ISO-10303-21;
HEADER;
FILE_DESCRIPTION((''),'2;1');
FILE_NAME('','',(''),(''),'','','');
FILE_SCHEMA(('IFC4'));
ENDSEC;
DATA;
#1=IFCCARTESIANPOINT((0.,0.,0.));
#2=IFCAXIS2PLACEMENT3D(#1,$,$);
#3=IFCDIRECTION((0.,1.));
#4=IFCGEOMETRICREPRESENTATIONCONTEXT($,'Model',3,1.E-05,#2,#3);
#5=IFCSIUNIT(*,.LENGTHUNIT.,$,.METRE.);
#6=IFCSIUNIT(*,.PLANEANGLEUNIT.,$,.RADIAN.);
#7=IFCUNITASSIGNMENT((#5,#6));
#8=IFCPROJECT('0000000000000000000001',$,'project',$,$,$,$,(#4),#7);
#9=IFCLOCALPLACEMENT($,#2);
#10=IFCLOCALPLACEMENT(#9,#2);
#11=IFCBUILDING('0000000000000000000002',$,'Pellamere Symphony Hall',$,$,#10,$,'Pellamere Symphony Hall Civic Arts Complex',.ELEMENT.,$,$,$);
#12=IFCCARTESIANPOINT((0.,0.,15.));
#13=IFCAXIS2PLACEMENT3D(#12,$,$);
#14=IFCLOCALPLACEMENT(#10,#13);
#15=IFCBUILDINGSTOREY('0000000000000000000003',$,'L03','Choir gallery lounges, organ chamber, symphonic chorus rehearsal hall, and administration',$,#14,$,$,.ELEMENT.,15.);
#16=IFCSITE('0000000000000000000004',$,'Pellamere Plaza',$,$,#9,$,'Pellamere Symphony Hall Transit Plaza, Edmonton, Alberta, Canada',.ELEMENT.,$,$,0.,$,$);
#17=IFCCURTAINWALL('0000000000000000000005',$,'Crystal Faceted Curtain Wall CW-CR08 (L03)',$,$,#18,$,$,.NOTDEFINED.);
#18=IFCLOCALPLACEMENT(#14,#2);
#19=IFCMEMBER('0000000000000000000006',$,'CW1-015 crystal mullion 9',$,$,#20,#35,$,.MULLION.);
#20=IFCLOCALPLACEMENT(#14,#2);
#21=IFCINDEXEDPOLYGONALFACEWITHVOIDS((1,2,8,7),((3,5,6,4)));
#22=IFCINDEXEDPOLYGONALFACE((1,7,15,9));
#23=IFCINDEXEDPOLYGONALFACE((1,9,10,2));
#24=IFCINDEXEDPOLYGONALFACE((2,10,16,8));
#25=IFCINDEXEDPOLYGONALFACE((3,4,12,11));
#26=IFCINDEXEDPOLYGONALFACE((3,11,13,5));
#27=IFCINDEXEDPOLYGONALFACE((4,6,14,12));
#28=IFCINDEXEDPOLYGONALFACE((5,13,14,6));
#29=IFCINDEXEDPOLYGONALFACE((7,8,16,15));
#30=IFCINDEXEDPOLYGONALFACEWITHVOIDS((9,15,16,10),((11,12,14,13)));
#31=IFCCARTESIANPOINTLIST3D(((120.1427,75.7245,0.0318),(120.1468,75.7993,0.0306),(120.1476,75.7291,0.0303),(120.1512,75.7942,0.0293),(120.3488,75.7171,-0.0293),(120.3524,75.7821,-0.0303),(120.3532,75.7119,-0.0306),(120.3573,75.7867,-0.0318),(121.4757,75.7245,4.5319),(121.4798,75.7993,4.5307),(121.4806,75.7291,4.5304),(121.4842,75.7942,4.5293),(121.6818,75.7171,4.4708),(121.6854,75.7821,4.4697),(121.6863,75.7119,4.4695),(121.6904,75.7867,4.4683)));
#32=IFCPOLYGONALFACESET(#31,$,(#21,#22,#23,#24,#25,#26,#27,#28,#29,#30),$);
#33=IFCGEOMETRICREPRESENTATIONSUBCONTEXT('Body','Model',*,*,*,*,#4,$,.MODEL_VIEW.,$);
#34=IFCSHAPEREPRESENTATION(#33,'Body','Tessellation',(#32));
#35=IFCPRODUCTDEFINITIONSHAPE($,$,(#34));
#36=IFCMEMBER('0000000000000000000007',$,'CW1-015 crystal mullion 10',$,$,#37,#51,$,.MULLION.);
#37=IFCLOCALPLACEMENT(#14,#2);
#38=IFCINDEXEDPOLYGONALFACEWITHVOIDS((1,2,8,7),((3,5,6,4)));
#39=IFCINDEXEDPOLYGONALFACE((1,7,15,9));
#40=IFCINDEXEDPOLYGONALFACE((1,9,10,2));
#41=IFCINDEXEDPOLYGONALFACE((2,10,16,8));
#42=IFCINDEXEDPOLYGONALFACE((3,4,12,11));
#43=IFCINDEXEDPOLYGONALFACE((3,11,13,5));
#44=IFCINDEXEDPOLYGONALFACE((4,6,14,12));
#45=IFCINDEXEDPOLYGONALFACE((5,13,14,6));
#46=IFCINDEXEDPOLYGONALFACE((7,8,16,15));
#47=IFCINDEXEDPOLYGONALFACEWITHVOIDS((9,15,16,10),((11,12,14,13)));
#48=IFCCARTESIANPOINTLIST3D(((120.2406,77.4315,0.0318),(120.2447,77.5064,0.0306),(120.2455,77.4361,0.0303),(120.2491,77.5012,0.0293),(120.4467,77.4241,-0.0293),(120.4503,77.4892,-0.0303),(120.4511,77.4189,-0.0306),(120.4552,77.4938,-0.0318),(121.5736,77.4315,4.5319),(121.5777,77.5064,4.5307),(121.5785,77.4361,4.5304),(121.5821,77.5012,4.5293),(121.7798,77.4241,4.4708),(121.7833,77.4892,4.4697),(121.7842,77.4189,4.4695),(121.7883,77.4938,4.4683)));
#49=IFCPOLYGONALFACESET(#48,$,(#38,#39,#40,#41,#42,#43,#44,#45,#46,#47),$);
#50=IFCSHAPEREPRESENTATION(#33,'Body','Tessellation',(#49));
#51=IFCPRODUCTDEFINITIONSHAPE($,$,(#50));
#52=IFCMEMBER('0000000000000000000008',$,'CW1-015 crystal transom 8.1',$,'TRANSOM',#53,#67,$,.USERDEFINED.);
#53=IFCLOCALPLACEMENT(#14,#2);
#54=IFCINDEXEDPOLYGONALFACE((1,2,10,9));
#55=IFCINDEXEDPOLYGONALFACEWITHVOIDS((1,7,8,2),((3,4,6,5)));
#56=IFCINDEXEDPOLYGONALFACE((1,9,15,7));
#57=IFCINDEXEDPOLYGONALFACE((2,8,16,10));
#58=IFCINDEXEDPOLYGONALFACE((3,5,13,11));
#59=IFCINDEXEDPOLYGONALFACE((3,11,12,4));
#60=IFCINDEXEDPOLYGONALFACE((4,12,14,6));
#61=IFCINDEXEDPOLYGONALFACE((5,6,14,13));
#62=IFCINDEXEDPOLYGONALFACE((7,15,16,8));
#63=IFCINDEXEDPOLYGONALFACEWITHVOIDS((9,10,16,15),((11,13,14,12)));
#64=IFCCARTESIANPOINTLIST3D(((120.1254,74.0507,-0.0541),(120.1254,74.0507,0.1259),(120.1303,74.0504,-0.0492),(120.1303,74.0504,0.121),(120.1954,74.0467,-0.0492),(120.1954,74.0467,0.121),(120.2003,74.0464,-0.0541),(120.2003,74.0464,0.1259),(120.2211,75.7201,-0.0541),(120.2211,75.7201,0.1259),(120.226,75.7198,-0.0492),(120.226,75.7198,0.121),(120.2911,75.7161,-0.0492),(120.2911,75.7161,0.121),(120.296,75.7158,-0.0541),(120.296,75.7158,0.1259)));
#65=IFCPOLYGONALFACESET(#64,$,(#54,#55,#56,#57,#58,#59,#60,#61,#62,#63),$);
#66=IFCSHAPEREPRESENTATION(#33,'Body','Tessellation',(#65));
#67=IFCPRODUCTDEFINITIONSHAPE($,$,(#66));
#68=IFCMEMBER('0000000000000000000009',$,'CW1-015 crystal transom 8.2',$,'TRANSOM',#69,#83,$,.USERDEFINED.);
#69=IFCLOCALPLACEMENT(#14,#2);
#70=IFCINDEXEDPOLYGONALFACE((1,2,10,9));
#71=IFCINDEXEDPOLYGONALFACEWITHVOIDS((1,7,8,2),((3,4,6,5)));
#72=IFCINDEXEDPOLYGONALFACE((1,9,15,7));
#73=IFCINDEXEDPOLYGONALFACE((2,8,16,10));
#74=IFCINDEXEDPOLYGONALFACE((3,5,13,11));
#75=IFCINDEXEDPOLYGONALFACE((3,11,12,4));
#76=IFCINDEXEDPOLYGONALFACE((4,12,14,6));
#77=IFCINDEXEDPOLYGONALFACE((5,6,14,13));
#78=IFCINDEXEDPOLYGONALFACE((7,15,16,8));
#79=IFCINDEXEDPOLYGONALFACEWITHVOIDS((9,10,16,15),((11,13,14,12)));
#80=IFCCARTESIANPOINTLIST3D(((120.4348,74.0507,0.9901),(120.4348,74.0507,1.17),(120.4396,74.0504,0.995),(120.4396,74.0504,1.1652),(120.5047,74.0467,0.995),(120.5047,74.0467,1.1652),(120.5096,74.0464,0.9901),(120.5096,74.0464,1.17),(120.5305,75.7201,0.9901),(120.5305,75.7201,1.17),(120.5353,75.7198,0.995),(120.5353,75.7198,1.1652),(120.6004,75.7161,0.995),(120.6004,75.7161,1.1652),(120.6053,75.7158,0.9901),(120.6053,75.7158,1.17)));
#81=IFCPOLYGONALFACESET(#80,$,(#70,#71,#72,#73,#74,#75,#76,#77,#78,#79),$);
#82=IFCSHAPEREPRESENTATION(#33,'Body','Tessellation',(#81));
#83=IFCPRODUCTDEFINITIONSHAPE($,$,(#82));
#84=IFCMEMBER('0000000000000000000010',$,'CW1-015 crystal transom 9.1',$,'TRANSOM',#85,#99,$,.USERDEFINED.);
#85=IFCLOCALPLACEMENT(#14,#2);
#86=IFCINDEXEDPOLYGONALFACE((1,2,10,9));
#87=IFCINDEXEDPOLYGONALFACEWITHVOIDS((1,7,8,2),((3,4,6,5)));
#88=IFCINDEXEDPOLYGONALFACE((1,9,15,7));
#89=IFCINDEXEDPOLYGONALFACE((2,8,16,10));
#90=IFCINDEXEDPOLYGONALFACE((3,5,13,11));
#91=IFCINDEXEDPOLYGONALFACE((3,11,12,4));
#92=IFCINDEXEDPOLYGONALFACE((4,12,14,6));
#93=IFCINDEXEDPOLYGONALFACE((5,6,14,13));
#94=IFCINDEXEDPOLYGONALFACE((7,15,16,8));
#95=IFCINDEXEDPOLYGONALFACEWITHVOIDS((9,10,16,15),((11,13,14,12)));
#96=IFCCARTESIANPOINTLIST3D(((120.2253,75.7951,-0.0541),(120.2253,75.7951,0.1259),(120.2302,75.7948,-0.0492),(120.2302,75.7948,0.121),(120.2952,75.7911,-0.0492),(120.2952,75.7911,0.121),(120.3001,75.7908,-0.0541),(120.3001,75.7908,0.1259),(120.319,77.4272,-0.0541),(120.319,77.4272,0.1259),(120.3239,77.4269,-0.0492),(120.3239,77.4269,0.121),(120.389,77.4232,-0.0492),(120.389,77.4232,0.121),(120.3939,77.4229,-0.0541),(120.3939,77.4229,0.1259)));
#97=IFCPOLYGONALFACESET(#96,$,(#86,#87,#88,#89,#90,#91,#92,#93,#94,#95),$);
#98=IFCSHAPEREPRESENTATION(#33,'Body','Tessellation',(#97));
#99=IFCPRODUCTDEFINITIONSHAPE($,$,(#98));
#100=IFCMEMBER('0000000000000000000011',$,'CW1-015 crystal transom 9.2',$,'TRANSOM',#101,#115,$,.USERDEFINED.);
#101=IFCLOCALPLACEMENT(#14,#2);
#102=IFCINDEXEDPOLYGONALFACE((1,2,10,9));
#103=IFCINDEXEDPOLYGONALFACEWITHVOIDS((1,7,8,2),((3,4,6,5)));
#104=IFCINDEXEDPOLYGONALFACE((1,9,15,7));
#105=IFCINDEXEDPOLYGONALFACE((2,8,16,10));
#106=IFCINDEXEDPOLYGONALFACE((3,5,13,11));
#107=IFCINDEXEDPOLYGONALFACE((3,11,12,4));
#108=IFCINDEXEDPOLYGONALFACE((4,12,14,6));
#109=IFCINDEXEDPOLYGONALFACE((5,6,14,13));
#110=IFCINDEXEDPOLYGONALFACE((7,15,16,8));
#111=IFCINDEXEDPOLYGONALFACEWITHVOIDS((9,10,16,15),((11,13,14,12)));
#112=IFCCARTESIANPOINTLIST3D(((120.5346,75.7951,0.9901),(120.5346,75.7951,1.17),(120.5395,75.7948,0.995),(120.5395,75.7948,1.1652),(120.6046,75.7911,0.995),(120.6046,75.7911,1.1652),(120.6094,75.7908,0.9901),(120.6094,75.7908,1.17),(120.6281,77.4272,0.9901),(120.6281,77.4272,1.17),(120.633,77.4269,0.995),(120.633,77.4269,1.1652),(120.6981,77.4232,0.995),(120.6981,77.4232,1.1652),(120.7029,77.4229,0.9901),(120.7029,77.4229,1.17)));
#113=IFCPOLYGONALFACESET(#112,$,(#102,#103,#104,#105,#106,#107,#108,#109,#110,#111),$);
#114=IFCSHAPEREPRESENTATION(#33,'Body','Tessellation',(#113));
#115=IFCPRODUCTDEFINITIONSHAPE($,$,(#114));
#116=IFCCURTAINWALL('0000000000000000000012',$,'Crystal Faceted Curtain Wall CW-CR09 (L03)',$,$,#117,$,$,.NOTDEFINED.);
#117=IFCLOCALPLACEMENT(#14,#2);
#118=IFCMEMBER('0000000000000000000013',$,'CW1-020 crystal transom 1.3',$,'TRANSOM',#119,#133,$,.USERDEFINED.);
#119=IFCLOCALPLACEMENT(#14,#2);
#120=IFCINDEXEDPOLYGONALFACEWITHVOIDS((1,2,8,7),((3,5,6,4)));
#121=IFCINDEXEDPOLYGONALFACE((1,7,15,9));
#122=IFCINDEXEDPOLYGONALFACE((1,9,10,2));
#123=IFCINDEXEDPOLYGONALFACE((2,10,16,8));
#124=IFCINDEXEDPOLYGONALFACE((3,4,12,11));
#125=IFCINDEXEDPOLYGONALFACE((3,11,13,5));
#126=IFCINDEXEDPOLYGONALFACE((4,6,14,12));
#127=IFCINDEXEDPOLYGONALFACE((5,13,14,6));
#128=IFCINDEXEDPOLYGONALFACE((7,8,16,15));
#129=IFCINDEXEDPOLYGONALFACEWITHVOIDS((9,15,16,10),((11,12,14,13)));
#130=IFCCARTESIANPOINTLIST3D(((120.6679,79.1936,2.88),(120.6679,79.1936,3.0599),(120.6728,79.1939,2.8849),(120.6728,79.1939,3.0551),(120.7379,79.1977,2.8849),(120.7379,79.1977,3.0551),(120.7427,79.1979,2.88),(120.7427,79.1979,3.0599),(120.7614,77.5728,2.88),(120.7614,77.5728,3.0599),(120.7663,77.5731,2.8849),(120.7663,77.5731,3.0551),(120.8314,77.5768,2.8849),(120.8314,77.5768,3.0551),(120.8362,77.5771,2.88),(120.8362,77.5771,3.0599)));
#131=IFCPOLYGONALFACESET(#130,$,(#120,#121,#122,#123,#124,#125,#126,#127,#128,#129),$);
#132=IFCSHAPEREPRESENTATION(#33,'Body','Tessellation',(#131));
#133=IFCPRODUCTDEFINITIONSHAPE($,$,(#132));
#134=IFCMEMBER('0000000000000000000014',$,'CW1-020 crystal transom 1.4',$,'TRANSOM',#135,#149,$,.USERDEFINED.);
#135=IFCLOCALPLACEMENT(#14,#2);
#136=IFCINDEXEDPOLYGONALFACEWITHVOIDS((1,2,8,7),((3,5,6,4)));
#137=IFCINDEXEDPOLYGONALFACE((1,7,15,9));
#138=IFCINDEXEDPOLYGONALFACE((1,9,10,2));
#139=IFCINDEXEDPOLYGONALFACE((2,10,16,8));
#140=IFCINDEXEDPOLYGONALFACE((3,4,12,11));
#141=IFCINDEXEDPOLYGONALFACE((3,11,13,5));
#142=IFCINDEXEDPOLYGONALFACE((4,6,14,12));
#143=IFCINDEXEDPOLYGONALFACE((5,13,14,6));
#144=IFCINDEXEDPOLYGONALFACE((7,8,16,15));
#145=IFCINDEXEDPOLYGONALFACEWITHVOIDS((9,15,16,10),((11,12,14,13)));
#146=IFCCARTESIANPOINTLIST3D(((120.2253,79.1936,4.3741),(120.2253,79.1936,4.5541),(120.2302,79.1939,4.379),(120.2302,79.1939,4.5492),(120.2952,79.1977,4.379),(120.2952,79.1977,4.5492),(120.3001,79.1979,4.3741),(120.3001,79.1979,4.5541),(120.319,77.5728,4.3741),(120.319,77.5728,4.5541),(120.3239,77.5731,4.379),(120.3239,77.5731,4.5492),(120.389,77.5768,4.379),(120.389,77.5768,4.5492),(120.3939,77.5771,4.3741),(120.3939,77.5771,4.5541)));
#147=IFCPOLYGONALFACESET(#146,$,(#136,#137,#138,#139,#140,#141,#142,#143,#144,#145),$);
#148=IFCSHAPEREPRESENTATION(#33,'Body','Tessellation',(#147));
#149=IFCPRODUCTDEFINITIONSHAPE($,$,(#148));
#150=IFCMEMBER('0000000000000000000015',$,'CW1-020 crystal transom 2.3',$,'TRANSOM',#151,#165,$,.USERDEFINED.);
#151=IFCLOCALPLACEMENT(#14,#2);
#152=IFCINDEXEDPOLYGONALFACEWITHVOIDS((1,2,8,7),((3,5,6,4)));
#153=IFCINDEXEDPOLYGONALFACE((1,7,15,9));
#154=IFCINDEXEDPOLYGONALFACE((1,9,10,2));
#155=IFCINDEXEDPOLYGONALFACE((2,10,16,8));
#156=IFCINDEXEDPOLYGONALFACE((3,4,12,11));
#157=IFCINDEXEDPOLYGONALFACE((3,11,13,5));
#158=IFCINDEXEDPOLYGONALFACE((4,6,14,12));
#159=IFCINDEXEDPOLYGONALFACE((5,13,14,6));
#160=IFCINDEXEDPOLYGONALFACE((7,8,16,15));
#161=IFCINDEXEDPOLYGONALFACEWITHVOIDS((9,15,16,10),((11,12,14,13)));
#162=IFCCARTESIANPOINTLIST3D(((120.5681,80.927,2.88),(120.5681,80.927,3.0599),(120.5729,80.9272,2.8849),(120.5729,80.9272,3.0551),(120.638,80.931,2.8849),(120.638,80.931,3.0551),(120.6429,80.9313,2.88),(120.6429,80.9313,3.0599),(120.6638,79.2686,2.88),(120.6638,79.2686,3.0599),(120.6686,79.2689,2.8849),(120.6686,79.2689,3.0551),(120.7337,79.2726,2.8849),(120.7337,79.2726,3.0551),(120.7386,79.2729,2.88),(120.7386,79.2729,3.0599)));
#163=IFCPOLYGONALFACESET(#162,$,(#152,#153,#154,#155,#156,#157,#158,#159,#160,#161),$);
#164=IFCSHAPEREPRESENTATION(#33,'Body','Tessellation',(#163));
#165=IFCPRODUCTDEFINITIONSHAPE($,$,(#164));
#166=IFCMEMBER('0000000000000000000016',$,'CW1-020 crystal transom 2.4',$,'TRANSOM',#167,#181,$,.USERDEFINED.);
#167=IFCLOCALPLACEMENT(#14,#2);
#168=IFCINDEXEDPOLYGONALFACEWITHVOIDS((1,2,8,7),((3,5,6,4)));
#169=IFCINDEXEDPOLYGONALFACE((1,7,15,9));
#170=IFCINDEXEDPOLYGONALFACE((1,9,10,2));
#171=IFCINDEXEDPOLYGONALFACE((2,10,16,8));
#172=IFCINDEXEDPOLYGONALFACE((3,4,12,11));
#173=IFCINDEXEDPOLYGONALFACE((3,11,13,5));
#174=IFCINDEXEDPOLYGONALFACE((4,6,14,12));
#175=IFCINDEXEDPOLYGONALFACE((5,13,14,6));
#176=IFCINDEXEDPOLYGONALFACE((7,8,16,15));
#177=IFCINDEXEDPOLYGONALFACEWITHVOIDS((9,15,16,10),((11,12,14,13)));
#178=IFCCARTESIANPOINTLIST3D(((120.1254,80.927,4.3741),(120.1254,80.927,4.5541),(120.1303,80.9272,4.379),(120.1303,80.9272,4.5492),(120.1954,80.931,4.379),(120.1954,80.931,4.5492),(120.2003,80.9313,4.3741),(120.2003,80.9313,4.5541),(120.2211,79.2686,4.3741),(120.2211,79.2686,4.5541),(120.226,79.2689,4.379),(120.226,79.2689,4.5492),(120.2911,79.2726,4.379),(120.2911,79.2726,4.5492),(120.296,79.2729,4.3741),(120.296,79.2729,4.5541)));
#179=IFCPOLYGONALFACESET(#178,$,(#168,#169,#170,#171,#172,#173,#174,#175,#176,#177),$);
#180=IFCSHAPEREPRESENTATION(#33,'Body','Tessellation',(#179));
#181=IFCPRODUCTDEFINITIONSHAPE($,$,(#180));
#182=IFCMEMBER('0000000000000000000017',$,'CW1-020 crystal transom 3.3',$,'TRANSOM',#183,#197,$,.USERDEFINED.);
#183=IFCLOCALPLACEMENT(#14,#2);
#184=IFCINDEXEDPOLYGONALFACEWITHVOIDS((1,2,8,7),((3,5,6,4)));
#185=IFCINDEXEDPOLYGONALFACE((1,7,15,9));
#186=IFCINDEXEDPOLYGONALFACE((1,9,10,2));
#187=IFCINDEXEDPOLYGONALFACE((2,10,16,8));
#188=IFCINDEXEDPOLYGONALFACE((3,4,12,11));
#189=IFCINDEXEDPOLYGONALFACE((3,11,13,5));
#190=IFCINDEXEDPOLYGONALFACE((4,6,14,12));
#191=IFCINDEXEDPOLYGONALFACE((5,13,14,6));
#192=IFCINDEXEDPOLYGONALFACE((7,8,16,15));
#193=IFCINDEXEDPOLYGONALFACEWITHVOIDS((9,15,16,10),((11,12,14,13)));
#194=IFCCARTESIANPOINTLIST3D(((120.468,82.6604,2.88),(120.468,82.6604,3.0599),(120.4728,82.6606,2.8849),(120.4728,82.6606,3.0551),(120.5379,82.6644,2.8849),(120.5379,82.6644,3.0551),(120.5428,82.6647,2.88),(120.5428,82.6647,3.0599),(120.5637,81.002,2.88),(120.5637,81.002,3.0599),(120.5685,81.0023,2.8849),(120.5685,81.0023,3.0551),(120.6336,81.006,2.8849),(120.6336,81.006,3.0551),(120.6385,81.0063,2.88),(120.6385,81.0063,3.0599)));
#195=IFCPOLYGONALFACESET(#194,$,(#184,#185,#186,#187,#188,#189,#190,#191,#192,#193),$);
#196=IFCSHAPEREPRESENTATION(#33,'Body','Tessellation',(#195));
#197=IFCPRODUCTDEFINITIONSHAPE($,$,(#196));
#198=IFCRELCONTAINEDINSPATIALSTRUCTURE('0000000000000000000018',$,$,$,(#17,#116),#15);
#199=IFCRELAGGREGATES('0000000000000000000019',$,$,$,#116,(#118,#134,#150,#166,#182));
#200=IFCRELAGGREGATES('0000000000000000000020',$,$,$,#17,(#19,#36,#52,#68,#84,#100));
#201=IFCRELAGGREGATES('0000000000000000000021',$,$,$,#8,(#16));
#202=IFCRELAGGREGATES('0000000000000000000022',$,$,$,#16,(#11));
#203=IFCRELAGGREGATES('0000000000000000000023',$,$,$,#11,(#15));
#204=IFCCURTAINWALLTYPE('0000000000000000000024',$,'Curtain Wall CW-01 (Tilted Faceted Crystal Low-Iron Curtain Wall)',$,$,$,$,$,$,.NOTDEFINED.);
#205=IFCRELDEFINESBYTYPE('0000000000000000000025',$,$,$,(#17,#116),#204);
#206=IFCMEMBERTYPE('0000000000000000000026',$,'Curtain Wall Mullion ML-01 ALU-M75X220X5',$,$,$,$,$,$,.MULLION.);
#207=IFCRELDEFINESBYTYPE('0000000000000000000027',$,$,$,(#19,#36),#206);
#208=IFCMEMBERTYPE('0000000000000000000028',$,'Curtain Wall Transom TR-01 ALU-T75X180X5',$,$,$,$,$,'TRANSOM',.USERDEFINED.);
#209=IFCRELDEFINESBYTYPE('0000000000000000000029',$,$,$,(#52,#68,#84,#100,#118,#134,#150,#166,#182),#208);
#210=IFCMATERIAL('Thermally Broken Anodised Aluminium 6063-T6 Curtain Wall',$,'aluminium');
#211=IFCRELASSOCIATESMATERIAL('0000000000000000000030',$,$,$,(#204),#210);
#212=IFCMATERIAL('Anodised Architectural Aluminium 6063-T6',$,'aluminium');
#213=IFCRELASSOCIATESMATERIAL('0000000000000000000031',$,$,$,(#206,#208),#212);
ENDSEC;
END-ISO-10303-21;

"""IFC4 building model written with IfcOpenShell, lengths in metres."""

from ifc_helpers import new_model, si_unit, direction, frame, origin, origin_2d, place, context, subcontext, project, spatial, hollow_rectangle, extrude, material, material_profile, profile_set, type_object, element, aggregate, save


model = new_model("IFC4")

# Units and contexts
model_context = context("Model", 3, precision=1e-05, world=origin(), true_north=direction((0.0, 1.0)))
body_context = subcontext(model_context, "Body", "Model", "MODEL_VIEW")
ifc_project = project(units=[si_unit("LENGTHUNIT", "METRE"), si_unit("PLANEANGLEUNIT", "RADIAN")], contexts=[model_context])

# Site, building, storey
site_placement = place(None, origin())
site = spatial("IfcSite", under=ifc_project, at=site_placement, Name="Pellamere Plaza", LongName="Pellamere Symphony Hall Transit Plaza, Edmonton, Alberta, Canada", CompositionType="ELEMENT", RefElevation=0.0)
building_placement = place(site_placement, origin())
building = spatial("IfcBuilding", under=site, at=building_placement, Name="Pellamere Symphony Hall", LongName="Pellamere Symphony Hall Civic Arts Complex", CompositionType="ELEMENT")
storey_placement = place(building_placement, frame((0.0, 0.0, 15.0)))
storey = spatial("IfcBuildingStorey", under=building, at=storey_placement, Name="L03", Description="Choir gallery lounges, organ chamber, symphonic chorus rehearsal hall, and administration", CompositionType="ELEMENT", Elevation=15.0)

# Curtain walls, members
ifc_material_1 = material(Name="Thermally Broken Anodised Aluminium 6063-T6 Curtain Wall", Category="aluminium")
curtain_wall_type = type_object("IfcCurtainWallType", Name="Curtain Wall CW-01 (Tilted Faceted Crystal Low-Iron Curtain Wall)", PredefinedType="NOTDEFINED", material=ifc_material_1)
curtain_wall_1_placement = place(storey_placement, origin())
curtain_wall_1 = element("IfcCurtainWall", 1, at=curtain_wall_1_placement, inside=storey, type_object=curtain_wall_type, Name="Crystal Faceted Curtain Wall CW-CR08 (L03)", PredefinedType="NOTDEFINED")
ifc_material_2 = material(Name="Anodised Architectural Aluminium 6063-T6", Category="aluminium")
ifc_material_profile_1 = material_profile(ifc_material_2, hollow_rectangle(XDim=0.075, YDim=0.22, WallThickness=0.0049, at=origin_2d()), Name="ALU-M75X220X5")
ifc_profile_set_1 = profile_set([ifc_material_profile_1], Name="Anodised Architectural Aluminium 6063-T6")
member_type_1 = type_object("IfcMemberType", Name="Curtain Wall Mullion ML-01 ALU-M75X220X5", PredefinedType="MULLION", material=ifc_profile_set_1)
member_1_placement = place(storey_placement, frame((120.25, 75.7556, 0.0), z_axis=(0.284025, 0.0, 0.958817), x_axis=(-0.054874, -0.998361, 0.016255)))
member_1 = element("IfcMember", 2, at=member_1_placement, type_object=member_type_1, Name="CW1-015 crystal mullion 9", PredefinedType="MULLION", context=body_context, shape_type="SweptSolid", body=[
    extrude(hollow_rectangle(XDim=0.075, YDim=0.22, WallThickness=0.0049, at=origin_2d()), origin(), (0.0, 0.0, 1.0), 4.6934),
])
member_2_placement = place(storey_placement, frame((120.3479, 77.4626, 0.0), z_axis=(0.284025, 0.0, 0.958817), x_axis=(-0.054874, -0.998361, 0.016255)))
member_2 = element("IfcMember", 3, at=member_2_placement, type_object=member_type_1, Name="CW1-015 crystal mullion 10", PredefinedType="MULLION", context=body_context, shape_type="SweptSolid", body=[
    extrude(hollow_rectangle(XDim=0.075, YDim=0.22, WallThickness=0.0049, at=origin_2d()), origin(), (0.0, 0.0, 1.0), 4.6934),
])
ifc_material_profile_2 = material_profile(ifc_material_2, hollow_rectangle(XDim=0.075, YDim=0.1799, WallThickness=0.0049, at=origin_2d()), Name="ALU-T75X180X5")
ifc_profile_set_2 = profile_set([ifc_material_profile_2], Name="Anodised Architectural Aluminium 6063-T6")
member_type_2 = type_object("IfcMemberType", Name="Curtain Wall Transom TR-01 ALU-T75X180X5", ElementType="TRANSOM", PredefinedType="USERDEFINED", material=ifc_profile_set_2)
member_3_placement = place(storey_placement, frame((120.1628, 74.0486, 0.0359), z_axis=(0.057233, 0.998361, 0.0), x_axis=(-0.998361, 0.057233, 0.0)))
member_3 = element("IfcMember", 4, at=member_3_placement, type_object=member_type_2, Name="CW1-015 crystal transom 8.1", ObjectType="TRANSOM", PredefinedType="USERDEFINED", context=body_context, shape_type="SweptSolid", body=[
    extrude(hollow_rectangle(XDim=0.075, YDim=0.1799, WallThickness=0.0049, at=origin_2d()), origin(), (0.0, 0.0, 1.0), 1.6721),
])
member_4_placement = place(storey_placement, frame((120.4722, 74.0486, 1.0801), z_axis=(0.057233, 0.998361, 0.0), x_axis=(-0.998361, 0.057233, 0.0)))
member_4 = element("IfcMember", 5, at=member_4_placement, type_object=member_type_2, Name="CW1-015 crystal transom 8.2", ObjectType="TRANSOM", PredefinedType="USERDEFINED", context=body_context, shape_type="SweptSolid", body=[
    extrude(hollow_rectangle(XDim=0.075, YDim=0.1799, WallThickness=0.0049, at=origin_2d()), origin(), (0.0, 0.0, 1.0), 1.6721),
])
member_5_placement = place(storey_placement, frame((120.2627, 75.793, 0.0359), z_axis=(0.057348, 0.998354, 0.0), x_axis=(-0.998354, 0.057348, 0.0)))
member_5 = element("IfcMember", 6, at=member_5_placement, type_object=member_type_2, Name="CW1-015 crystal transom 9.1", ObjectType="TRANSOM", PredefinedType="USERDEFINED", context=body_context, shape_type="SweptSolid", body=[
    extrude(hollow_rectangle(XDim=0.075, YDim=0.1799, WallThickness=0.0049, at=origin_2d()), origin(), (0.0, 0.0, 1.0), 1.6348),
])
member_6_placement = place(storey_placement, frame((120.572, 75.793, 1.0801), z_axis=(0.057199, 0.998363, 0.0), x_axis=(-0.998363, 0.057199, 0.0)))
member_6 = element("IfcMember", 7, at=member_6_placement, type_object=member_type_2, Name="CW1-015 crystal transom 9.2", ObjectType="TRANSOM", PredefinedType="USERDEFINED", context=body_context, shape_type="SweptSolid", body=[
    extrude(hollow_rectangle(XDim=0.075, YDim=0.1799, WallThickness=0.0049, at=origin_2d()), origin(), (0.0, 0.0, 1.0), 1.6348),
])
curtain_wall_2_placement = place(storey_placement, origin())
curtain_wall_2 = element("IfcCurtainWall", 8, at=curtain_wall_2_placement, inside=storey, type_object=curtain_wall_type, Name="Crystal Faceted Curtain Wall CW-CR09 (L03)", PredefinedType="NOTDEFINED")
member_7_placement = place(storey_placement, frame((120.7988, 77.575, 2.97), z_axis=(-0.057594, 0.99834, 0.0), x_axis=(-0.99834, -0.057594, 0.0)))
member_7 = element("IfcMember", 9, at=member_7_placement, type_object=member_type_2, Name="CW1-020 crystal transom 1.3", ObjectType="TRANSOM", PredefinedType="USERDEFINED", context=body_context, shape_type="SweptSolid", body=[
    extrude(hollow_rectangle(XDim=0.075, YDim=0.1799, WallThickness=0.0049, at=origin_2d()), origin(), (0.0, 0.0, 1.0), 1.6235),
])
member_8_placement = place(storey_placement, frame((120.3564, 77.575, 4.4641), z_axis=(-0.057744, 0.998331, 0.0), x_axis=(-0.998331, -0.057744, 0.0)))
member_8 = element("IfcMember", 10, at=member_8_placement, type_object=member_type_2, Name="CW1-020 crystal transom 1.4", ObjectType="TRANSOM", PredefinedType="USERDEFINED", context=body_context, shape_type="SweptSolid", body=[
    extrude(hollow_rectangle(XDim=0.075, YDim=0.1799, WallThickness=0.0049, at=origin_2d()), origin(), (0.0, 0.0, 1.0), 1.6235),
])
member_9_placement = place(storey_placement, frame((120.7012, 79.2708, 2.97), z_axis=(-0.057611, 0.998339, 0.0), x_axis=(-0.998339, -0.057611, 0.0)))
member_9 = element("IfcMember", 11, at=member_9_placement, type_object=member_type_2, Name="CW1-020 crystal transom 2.3", ObjectType="TRANSOM", PredefinedType="USERDEFINED", context=body_context, shape_type="SweptSolid", body=[
    extrude(hollow_rectangle(XDim=0.075, YDim=0.1799, WallThickness=0.0049, at=origin_2d()), origin(), (0.0, 0.0, 1.0), 1.6611),
])
member_10_placement = place(storey_placement, frame((120.2585, 79.2708, 4.4641), z_axis=(-0.057611, 0.998339, 0.0), x_axis=(-0.998339, -0.057611, 0.0)))
member_10 = element("IfcMember", 12, at=member_10_placement, type_object=member_type_2, Name="CW1-020 crystal transom 2.4", ObjectType="TRANSOM", PredefinedType="USERDEFINED", context=body_context, shape_type="SweptSolid", body=[
    extrude(hollow_rectangle(XDim=0.075, YDim=0.1799, WallThickness=0.0049, at=origin_2d()), origin(), (0.0, 0.0, 1.0), 1.6611),
])
member_11_placement = place(storey_placement, frame((120.6011, 81.0042, 2.97), z_axis=(-0.057611, 0.998339, 0.0), x_axis=(-0.998339, -0.057611, 0.0)))
member_11 = element("IfcMember", 13, at=member_11_placement, type_object=member_type_2, Name="CW1-020 crystal transom 3.3", ObjectType="TRANSOM", PredefinedType="USERDEFINED", context=body_context, shape_type="SweptSolid", body=[
    extrude(hollow_rectangle(XDim=0.075, YDim=0.1799, WallThickness=0.0049, at=origin_2d()), origin(), (0.0, 0.0, 1.0), 1.6611),
])

aggregate(curtain_wall_2, [member_7, member_8, member_9, member_10, member_11])
aggregate(curtain_wall_1, [member_1, member_2, member_3, member_4, member_5, member_6])

save(model, "model.ifc")
